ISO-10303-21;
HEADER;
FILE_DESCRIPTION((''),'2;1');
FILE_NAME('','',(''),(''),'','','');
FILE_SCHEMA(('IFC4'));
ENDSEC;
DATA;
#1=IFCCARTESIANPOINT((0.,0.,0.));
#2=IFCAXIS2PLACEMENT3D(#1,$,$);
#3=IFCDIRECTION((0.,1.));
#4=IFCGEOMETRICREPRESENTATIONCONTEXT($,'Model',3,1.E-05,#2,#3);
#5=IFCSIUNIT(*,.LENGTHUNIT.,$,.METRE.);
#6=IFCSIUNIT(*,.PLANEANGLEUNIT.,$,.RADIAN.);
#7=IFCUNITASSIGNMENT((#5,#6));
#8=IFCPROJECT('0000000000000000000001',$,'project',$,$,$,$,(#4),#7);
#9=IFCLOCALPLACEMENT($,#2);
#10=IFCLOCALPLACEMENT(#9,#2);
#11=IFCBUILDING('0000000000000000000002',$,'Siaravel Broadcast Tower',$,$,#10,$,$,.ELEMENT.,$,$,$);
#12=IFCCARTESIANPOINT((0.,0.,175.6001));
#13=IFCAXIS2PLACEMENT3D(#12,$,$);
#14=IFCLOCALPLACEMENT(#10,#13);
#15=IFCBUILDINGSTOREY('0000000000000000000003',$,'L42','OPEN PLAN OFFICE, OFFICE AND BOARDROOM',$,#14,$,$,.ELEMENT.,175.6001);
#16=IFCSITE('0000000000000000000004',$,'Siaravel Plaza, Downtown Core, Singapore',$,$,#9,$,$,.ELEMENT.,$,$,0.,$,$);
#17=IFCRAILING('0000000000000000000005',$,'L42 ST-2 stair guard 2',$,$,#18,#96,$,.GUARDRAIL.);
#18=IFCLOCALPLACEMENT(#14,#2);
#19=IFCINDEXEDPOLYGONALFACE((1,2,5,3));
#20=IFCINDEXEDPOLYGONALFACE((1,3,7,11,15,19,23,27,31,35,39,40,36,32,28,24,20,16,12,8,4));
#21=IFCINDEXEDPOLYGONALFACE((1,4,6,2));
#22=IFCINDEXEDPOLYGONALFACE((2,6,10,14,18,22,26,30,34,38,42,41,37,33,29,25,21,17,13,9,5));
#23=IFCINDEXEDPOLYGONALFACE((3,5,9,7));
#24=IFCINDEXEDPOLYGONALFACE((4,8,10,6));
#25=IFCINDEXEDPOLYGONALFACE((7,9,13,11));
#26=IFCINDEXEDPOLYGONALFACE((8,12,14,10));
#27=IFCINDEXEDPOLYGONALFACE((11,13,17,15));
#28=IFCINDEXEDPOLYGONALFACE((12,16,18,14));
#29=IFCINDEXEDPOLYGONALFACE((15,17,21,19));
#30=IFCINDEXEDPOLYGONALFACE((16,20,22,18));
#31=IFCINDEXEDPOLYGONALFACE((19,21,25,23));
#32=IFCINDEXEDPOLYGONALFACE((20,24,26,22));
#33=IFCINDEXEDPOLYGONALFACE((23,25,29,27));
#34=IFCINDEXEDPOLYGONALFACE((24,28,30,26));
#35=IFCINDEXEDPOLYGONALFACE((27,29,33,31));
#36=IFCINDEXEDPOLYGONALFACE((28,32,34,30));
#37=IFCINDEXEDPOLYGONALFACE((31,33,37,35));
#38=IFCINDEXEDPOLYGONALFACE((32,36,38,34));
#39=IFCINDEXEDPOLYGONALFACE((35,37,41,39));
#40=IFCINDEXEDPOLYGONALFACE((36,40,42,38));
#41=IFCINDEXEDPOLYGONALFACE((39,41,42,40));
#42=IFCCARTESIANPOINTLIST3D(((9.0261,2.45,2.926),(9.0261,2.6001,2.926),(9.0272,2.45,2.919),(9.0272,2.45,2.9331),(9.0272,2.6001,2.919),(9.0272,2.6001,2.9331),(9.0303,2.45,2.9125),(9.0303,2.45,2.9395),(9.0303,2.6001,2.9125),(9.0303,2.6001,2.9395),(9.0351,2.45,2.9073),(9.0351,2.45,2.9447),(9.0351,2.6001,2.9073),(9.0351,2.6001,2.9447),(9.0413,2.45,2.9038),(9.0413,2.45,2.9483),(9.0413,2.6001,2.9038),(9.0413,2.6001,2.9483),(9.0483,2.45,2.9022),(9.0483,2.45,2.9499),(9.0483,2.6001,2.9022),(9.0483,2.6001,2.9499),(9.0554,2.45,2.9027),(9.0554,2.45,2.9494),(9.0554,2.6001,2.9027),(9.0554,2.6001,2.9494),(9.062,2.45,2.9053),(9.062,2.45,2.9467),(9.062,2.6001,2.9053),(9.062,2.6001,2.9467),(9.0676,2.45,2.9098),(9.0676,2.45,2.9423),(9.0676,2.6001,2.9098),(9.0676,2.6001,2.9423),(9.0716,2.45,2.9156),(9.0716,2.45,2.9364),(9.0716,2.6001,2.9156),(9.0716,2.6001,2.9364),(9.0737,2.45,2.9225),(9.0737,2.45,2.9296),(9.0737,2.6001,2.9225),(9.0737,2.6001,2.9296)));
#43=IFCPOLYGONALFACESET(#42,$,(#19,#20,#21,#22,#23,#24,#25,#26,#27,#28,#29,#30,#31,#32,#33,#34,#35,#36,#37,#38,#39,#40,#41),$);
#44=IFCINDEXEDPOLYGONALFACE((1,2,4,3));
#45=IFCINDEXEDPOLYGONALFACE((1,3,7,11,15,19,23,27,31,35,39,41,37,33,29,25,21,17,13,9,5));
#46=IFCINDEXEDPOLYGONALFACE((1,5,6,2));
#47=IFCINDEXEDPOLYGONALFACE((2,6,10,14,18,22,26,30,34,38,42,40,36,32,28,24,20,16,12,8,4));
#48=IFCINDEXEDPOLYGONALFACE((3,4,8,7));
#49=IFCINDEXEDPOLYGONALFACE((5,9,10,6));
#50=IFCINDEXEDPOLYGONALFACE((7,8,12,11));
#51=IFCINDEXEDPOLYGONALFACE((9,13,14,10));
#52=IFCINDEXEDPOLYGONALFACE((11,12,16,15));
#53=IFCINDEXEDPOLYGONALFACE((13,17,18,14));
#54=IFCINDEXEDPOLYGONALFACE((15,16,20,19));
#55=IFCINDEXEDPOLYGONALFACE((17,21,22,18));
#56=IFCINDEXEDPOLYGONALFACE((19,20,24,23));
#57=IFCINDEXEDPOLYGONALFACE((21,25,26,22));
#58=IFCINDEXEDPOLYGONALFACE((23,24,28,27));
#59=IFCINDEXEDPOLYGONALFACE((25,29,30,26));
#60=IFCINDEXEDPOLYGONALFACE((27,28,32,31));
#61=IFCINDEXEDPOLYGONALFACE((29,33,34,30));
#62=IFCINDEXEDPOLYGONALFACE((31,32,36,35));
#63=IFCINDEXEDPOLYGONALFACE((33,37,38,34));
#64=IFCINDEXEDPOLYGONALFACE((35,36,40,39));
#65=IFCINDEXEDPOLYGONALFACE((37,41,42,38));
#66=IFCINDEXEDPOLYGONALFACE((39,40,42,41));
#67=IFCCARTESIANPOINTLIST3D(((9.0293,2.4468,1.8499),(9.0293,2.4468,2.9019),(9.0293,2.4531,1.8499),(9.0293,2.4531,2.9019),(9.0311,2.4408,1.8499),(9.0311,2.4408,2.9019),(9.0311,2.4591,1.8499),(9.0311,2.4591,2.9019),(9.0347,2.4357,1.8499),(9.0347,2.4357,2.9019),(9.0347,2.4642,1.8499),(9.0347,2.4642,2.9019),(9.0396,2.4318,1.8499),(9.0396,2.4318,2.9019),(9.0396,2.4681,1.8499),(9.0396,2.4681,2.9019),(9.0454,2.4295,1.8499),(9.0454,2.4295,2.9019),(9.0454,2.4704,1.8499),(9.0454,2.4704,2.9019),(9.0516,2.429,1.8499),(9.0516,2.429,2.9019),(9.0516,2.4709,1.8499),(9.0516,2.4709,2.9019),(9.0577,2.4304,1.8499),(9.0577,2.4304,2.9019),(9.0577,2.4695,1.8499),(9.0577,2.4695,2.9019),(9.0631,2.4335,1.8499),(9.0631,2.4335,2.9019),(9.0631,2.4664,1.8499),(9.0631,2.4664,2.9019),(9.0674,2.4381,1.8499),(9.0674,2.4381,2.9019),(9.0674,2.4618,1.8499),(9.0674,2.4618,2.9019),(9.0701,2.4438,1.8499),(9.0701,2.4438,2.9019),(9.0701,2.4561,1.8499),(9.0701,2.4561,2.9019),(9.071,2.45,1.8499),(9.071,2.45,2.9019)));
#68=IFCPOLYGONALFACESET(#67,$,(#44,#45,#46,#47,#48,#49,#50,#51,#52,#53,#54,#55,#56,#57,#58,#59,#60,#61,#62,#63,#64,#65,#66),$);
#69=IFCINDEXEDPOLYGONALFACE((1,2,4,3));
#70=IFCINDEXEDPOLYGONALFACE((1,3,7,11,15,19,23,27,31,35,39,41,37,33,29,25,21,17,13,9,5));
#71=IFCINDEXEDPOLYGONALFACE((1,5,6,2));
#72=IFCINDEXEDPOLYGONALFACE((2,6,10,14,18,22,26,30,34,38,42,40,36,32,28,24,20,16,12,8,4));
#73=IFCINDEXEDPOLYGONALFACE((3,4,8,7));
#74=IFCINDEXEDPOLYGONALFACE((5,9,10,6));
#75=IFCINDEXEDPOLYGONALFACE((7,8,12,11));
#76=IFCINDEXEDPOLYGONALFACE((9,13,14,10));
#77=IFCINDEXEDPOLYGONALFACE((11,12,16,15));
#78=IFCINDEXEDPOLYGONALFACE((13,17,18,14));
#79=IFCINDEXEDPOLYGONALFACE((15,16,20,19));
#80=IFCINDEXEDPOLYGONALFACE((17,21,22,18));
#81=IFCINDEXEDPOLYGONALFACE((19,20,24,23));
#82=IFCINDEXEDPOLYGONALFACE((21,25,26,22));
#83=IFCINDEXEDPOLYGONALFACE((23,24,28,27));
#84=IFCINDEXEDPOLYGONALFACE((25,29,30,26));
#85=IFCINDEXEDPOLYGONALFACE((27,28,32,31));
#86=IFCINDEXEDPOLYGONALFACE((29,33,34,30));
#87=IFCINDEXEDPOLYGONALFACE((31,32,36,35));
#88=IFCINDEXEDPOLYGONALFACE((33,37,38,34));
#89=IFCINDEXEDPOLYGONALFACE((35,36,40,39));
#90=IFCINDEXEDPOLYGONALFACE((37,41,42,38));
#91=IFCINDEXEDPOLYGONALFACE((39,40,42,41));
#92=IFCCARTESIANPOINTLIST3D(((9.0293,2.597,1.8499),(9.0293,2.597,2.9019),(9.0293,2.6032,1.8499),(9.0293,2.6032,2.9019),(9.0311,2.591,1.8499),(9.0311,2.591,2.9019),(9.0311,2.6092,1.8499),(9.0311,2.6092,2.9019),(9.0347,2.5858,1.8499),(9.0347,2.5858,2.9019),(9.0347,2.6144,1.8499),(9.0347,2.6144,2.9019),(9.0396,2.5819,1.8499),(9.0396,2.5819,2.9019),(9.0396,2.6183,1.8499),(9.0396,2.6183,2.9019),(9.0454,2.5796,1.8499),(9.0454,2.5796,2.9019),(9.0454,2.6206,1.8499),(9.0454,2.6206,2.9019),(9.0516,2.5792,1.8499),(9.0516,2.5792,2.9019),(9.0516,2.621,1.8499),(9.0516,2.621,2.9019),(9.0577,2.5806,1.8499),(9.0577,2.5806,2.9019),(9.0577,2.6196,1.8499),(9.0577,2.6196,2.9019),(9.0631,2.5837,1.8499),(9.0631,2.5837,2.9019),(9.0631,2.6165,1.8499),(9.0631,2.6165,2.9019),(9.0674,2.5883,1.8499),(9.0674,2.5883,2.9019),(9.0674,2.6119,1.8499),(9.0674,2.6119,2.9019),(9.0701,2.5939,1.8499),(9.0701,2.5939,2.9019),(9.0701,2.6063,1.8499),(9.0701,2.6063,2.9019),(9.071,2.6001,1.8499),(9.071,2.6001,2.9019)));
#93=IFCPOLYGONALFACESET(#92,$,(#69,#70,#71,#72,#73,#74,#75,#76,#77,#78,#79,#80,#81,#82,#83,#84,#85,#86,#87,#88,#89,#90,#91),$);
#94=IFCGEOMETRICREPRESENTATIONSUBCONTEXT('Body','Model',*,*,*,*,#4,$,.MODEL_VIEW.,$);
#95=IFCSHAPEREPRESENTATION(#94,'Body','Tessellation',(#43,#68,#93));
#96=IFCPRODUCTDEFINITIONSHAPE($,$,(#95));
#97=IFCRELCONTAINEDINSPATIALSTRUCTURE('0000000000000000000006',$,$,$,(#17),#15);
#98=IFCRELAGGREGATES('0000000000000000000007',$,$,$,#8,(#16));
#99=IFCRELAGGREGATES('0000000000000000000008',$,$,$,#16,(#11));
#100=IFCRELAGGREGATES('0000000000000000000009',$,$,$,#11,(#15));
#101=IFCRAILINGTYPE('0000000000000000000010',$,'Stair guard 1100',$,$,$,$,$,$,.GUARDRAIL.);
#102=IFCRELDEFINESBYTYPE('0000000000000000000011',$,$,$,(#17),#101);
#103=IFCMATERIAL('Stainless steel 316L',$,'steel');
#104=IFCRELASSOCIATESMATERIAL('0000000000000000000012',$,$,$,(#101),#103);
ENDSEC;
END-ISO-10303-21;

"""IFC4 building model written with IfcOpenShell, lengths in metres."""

from ifc_helpers import new_model, si_unit, direction, frame, origin, origin_2d, place, context, subcontext, project, spatial, circle, extrude, material, type_object, element, save


model = new_model("IFC4")

# Units and contexts
model_context = context("Model", 3, precision=1e-05, world=origin(), true_north=direction((0.0, 1.0)))
body_context = subcontext(model_context, "Body", "Model", "MODEL_VIEW")
ifc_project = project(units=[si_unit("LENGTHUNIT", "METRE"), si_unit("PLANEANGLEUNIT", "RADIAN")], contexts=[model_context])

# Site, building, storey
site_placement = place(None, origin())
site = spatial("IfcSite", under=ifc_project, at=site_placement, Name="Siaravel Plaza, Downtown Core, Singapore", CompositionType="ELEMENT", RefElevation=0.0)
building_placement = place(site_placement, origin())
building = spatial("IfcBuilding", under=site, at=building_placement, Name="Siaravel Broadcast Tower", CompositionType="ELEMENT")
storey_placement = place(building_placement, frame((0.0, 0.0, 175.6001)))
storey = spatial("IfcBuildingStorey", under=building, at=storey_placement, Name="L42", Description="OPEN PLAN OFFICE, OFFICE AND BOARDROOM", CompositionType="ELEMENT", Elevation=175.6001)

# Railing
ifc_material_1 = material(Name="Stainless steel 316L", Category="steel")
railing_type_1 = type_object("IfcRailingType", Name="Stair guard 1100", PredefinedType="GUARDRAIL", material=ifc_material_1)
railing_1_placement = place(storey_placement, frame((9.05, 2.45, 1.8499)))
element("IfcRailing", 1, at=railing_1_placement, inside=storey, type_object=railing_type_1, Name="L42 ST-2 stair guard 2", PredefinedType="GUARDRAIL", context=body_context, shape_type="SweptSolid", body=[
    extrude(circle(Radius=0.0239, at=origin_2d()), frame((0.0, 0.0, 1.0762), z_axis=(0.0, 1.0, 0.0), x_axis=(-1.0, 0.0, 0.0)), (0.0, 0.0, 1.0), 0.1501),
    extrude(circle(Radius=0.021, at=origin_2d()), origin(), (0.0, 0.0, 1.0), 1.052),
    extrude(circle(Radius=0.021, at=origin_2d()), frame((0.0, 0.1501, 0.0)), (0.0, 0.0, 1.0), 1.052),
])

save(model, "model.ifc")
